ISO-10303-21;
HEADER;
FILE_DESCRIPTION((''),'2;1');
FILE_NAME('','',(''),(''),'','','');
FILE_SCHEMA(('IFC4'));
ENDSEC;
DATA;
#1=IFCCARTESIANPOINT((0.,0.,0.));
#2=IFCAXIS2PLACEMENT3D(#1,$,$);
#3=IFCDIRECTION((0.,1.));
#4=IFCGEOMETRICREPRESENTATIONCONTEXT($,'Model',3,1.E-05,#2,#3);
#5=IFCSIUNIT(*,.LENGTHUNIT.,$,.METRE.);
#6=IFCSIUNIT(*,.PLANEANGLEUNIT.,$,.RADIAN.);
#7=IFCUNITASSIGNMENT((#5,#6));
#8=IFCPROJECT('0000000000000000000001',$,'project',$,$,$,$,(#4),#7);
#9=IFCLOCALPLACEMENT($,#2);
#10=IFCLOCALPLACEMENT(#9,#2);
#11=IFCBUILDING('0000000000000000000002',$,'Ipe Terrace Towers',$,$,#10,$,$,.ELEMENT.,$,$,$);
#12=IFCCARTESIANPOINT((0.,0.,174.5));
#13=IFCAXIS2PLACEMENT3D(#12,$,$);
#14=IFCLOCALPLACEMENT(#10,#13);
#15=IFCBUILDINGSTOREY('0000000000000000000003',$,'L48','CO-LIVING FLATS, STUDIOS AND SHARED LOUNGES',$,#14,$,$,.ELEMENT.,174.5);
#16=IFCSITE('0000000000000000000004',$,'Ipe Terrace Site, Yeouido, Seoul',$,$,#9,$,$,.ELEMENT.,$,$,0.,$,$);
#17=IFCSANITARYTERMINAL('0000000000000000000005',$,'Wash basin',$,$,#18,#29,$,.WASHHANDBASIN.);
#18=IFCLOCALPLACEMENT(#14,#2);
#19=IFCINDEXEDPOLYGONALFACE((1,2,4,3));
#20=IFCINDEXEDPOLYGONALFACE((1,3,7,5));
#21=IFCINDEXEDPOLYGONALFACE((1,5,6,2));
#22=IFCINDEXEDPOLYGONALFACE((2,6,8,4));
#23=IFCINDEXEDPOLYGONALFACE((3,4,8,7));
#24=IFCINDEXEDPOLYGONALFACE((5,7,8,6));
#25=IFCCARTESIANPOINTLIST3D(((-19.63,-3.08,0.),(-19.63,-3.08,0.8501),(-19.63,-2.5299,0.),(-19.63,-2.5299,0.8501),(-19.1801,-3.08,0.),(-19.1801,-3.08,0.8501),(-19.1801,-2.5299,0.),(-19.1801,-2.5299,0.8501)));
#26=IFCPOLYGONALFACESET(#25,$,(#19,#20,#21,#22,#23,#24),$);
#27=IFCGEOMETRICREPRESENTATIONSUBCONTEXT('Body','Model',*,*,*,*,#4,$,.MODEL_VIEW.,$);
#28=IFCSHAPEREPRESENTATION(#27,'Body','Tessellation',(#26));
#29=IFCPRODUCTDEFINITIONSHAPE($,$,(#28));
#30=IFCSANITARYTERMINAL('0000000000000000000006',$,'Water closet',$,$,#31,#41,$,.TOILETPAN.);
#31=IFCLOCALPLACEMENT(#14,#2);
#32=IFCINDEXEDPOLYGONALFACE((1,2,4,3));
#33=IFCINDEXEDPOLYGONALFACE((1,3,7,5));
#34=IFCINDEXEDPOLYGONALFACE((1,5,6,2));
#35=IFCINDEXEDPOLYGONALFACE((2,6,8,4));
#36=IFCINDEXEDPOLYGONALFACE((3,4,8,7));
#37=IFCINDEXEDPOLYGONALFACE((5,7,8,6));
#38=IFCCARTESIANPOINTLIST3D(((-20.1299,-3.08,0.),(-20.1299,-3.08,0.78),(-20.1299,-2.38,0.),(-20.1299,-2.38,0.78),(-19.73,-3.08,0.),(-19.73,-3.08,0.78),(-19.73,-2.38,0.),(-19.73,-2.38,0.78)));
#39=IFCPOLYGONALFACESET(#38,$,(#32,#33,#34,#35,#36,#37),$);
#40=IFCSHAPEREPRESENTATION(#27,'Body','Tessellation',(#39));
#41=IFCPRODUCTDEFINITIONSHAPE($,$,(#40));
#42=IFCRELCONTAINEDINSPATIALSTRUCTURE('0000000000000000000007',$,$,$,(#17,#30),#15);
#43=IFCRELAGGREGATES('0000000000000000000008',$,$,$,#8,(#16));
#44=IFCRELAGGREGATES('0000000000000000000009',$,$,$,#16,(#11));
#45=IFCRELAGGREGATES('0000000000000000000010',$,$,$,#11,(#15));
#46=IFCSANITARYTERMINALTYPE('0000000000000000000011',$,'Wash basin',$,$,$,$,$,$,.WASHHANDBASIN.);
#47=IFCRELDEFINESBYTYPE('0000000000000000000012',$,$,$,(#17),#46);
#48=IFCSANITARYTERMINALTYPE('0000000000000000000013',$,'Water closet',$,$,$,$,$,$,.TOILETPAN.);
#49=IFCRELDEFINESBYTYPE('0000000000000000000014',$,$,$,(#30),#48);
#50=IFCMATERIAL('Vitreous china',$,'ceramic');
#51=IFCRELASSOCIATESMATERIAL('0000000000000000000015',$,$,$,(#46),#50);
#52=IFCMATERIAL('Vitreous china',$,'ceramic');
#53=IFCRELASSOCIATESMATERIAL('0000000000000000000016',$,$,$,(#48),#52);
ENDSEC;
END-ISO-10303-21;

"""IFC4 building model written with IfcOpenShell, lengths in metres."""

from ifc_helpers import new_model, si_unit, direction, frame, origin, origin_2d, place, context, subcontext, project, spatial, rectangle, extrude, material, type_object, element, save


model = new_model("IFC4")

# Units and contexts
model_context = context("Model", 3, precision=1e-05, world=origin(), true_north=direction((0.0, 1.0)))
body_context = subcontext(model_context, "Body", "Model", "MODEL_VIEW")
ifc_project = project(units=[si_unit("LENGTHUNIT", "METRE"), si_unit("PLANEANGLEUNIT", "RADIAN")], contexts=[model_context])

# Site, building, storey
site_placement = place(None, origin())
site = spatial("IfcSite", under=ifc_project, at=site_placement, Name="Ipe Terrace Site, Yeouido, Seoul", CompositionType="ELEMENT", RefElevation=0.0)
building_placement = place(site_placement, origin())
building = spatial("IfcBuilding", under=site, at=building_placement, Name="Ipe Terrace Towers", CompositionType="ELEMENT")
storey_placement = place(building_placement, frame((0.0, 0.0, 174.5)))
storey = spatial("IfcBuildingStorey", under=building, at=storey_placement, Name="L48", Description="CO-LIVING FLATS, STUDIOS AND SHARED LOUNGES", CompositionType="ELEMENT", Elevation=174.5)

# Sanitary terminals
ifc_material_1 = material(Name="Vitreous china", Category="ceramic")
sanitary_terminal_type_1 = type_object("IfcSanitaryTerminalType", Name="Wash basin", PredefinedType="WASHHANDBASIN", material=ifc_material_1)
sanitary_terminal_1_placement = place(storey_placement, frame((-19.405, -2.8049, 0.0), z_axis=(0.0, 0.0, 1.0), x_axis=(0.0, 1.0, 0.0)))
element("IfcSanitaryTerminal", 1, at=sanitary_terminal_1_placement, inside=storey, type_object=sanitary_terminal_type_1, Name="Wash basin", PredefinedType="WASHHANDBASIN", context=body_context, shape_type="SweptSolid", body=[
    extrude(rectangle(XDim=0.55, YDim=0.45, at=origin_2d()), origin(), (0.0, 0.0, 1.0), 0.8501),
])
ifc_material_2 = material(Name="Vitreous china", Category="ceramic")
sanitary_terminal_type_2 = type_object("IfcSanitaryTerminalType", Name="Water closet", PredefinedType="TOILETPAN", material=ifc_material_2)
sanitary_terminal_2_placement = place(storey_placement, frame((-19.9299, -2.73, 0.0), z_axis=(0.0, 0.0, 1.0), x_axis=(0.0, 1.0, 0.0)))
element("IfcSanitaryTerminal", 2, at=sanitary_terminal_2_placement, inside=storey, type_object=sanitary_terminal_type_2, Name="Water closet", PredefinedType="TOILETPAN", context=body_context, shape_type="SweptSolid", body=[
    extrude(rectangle(XDim=0.7, YDim=0.3999, at=origin_2d()), origin(), (0.0, 0.0, 1.0), 0.78),
])

save(model, "model.ifc")
